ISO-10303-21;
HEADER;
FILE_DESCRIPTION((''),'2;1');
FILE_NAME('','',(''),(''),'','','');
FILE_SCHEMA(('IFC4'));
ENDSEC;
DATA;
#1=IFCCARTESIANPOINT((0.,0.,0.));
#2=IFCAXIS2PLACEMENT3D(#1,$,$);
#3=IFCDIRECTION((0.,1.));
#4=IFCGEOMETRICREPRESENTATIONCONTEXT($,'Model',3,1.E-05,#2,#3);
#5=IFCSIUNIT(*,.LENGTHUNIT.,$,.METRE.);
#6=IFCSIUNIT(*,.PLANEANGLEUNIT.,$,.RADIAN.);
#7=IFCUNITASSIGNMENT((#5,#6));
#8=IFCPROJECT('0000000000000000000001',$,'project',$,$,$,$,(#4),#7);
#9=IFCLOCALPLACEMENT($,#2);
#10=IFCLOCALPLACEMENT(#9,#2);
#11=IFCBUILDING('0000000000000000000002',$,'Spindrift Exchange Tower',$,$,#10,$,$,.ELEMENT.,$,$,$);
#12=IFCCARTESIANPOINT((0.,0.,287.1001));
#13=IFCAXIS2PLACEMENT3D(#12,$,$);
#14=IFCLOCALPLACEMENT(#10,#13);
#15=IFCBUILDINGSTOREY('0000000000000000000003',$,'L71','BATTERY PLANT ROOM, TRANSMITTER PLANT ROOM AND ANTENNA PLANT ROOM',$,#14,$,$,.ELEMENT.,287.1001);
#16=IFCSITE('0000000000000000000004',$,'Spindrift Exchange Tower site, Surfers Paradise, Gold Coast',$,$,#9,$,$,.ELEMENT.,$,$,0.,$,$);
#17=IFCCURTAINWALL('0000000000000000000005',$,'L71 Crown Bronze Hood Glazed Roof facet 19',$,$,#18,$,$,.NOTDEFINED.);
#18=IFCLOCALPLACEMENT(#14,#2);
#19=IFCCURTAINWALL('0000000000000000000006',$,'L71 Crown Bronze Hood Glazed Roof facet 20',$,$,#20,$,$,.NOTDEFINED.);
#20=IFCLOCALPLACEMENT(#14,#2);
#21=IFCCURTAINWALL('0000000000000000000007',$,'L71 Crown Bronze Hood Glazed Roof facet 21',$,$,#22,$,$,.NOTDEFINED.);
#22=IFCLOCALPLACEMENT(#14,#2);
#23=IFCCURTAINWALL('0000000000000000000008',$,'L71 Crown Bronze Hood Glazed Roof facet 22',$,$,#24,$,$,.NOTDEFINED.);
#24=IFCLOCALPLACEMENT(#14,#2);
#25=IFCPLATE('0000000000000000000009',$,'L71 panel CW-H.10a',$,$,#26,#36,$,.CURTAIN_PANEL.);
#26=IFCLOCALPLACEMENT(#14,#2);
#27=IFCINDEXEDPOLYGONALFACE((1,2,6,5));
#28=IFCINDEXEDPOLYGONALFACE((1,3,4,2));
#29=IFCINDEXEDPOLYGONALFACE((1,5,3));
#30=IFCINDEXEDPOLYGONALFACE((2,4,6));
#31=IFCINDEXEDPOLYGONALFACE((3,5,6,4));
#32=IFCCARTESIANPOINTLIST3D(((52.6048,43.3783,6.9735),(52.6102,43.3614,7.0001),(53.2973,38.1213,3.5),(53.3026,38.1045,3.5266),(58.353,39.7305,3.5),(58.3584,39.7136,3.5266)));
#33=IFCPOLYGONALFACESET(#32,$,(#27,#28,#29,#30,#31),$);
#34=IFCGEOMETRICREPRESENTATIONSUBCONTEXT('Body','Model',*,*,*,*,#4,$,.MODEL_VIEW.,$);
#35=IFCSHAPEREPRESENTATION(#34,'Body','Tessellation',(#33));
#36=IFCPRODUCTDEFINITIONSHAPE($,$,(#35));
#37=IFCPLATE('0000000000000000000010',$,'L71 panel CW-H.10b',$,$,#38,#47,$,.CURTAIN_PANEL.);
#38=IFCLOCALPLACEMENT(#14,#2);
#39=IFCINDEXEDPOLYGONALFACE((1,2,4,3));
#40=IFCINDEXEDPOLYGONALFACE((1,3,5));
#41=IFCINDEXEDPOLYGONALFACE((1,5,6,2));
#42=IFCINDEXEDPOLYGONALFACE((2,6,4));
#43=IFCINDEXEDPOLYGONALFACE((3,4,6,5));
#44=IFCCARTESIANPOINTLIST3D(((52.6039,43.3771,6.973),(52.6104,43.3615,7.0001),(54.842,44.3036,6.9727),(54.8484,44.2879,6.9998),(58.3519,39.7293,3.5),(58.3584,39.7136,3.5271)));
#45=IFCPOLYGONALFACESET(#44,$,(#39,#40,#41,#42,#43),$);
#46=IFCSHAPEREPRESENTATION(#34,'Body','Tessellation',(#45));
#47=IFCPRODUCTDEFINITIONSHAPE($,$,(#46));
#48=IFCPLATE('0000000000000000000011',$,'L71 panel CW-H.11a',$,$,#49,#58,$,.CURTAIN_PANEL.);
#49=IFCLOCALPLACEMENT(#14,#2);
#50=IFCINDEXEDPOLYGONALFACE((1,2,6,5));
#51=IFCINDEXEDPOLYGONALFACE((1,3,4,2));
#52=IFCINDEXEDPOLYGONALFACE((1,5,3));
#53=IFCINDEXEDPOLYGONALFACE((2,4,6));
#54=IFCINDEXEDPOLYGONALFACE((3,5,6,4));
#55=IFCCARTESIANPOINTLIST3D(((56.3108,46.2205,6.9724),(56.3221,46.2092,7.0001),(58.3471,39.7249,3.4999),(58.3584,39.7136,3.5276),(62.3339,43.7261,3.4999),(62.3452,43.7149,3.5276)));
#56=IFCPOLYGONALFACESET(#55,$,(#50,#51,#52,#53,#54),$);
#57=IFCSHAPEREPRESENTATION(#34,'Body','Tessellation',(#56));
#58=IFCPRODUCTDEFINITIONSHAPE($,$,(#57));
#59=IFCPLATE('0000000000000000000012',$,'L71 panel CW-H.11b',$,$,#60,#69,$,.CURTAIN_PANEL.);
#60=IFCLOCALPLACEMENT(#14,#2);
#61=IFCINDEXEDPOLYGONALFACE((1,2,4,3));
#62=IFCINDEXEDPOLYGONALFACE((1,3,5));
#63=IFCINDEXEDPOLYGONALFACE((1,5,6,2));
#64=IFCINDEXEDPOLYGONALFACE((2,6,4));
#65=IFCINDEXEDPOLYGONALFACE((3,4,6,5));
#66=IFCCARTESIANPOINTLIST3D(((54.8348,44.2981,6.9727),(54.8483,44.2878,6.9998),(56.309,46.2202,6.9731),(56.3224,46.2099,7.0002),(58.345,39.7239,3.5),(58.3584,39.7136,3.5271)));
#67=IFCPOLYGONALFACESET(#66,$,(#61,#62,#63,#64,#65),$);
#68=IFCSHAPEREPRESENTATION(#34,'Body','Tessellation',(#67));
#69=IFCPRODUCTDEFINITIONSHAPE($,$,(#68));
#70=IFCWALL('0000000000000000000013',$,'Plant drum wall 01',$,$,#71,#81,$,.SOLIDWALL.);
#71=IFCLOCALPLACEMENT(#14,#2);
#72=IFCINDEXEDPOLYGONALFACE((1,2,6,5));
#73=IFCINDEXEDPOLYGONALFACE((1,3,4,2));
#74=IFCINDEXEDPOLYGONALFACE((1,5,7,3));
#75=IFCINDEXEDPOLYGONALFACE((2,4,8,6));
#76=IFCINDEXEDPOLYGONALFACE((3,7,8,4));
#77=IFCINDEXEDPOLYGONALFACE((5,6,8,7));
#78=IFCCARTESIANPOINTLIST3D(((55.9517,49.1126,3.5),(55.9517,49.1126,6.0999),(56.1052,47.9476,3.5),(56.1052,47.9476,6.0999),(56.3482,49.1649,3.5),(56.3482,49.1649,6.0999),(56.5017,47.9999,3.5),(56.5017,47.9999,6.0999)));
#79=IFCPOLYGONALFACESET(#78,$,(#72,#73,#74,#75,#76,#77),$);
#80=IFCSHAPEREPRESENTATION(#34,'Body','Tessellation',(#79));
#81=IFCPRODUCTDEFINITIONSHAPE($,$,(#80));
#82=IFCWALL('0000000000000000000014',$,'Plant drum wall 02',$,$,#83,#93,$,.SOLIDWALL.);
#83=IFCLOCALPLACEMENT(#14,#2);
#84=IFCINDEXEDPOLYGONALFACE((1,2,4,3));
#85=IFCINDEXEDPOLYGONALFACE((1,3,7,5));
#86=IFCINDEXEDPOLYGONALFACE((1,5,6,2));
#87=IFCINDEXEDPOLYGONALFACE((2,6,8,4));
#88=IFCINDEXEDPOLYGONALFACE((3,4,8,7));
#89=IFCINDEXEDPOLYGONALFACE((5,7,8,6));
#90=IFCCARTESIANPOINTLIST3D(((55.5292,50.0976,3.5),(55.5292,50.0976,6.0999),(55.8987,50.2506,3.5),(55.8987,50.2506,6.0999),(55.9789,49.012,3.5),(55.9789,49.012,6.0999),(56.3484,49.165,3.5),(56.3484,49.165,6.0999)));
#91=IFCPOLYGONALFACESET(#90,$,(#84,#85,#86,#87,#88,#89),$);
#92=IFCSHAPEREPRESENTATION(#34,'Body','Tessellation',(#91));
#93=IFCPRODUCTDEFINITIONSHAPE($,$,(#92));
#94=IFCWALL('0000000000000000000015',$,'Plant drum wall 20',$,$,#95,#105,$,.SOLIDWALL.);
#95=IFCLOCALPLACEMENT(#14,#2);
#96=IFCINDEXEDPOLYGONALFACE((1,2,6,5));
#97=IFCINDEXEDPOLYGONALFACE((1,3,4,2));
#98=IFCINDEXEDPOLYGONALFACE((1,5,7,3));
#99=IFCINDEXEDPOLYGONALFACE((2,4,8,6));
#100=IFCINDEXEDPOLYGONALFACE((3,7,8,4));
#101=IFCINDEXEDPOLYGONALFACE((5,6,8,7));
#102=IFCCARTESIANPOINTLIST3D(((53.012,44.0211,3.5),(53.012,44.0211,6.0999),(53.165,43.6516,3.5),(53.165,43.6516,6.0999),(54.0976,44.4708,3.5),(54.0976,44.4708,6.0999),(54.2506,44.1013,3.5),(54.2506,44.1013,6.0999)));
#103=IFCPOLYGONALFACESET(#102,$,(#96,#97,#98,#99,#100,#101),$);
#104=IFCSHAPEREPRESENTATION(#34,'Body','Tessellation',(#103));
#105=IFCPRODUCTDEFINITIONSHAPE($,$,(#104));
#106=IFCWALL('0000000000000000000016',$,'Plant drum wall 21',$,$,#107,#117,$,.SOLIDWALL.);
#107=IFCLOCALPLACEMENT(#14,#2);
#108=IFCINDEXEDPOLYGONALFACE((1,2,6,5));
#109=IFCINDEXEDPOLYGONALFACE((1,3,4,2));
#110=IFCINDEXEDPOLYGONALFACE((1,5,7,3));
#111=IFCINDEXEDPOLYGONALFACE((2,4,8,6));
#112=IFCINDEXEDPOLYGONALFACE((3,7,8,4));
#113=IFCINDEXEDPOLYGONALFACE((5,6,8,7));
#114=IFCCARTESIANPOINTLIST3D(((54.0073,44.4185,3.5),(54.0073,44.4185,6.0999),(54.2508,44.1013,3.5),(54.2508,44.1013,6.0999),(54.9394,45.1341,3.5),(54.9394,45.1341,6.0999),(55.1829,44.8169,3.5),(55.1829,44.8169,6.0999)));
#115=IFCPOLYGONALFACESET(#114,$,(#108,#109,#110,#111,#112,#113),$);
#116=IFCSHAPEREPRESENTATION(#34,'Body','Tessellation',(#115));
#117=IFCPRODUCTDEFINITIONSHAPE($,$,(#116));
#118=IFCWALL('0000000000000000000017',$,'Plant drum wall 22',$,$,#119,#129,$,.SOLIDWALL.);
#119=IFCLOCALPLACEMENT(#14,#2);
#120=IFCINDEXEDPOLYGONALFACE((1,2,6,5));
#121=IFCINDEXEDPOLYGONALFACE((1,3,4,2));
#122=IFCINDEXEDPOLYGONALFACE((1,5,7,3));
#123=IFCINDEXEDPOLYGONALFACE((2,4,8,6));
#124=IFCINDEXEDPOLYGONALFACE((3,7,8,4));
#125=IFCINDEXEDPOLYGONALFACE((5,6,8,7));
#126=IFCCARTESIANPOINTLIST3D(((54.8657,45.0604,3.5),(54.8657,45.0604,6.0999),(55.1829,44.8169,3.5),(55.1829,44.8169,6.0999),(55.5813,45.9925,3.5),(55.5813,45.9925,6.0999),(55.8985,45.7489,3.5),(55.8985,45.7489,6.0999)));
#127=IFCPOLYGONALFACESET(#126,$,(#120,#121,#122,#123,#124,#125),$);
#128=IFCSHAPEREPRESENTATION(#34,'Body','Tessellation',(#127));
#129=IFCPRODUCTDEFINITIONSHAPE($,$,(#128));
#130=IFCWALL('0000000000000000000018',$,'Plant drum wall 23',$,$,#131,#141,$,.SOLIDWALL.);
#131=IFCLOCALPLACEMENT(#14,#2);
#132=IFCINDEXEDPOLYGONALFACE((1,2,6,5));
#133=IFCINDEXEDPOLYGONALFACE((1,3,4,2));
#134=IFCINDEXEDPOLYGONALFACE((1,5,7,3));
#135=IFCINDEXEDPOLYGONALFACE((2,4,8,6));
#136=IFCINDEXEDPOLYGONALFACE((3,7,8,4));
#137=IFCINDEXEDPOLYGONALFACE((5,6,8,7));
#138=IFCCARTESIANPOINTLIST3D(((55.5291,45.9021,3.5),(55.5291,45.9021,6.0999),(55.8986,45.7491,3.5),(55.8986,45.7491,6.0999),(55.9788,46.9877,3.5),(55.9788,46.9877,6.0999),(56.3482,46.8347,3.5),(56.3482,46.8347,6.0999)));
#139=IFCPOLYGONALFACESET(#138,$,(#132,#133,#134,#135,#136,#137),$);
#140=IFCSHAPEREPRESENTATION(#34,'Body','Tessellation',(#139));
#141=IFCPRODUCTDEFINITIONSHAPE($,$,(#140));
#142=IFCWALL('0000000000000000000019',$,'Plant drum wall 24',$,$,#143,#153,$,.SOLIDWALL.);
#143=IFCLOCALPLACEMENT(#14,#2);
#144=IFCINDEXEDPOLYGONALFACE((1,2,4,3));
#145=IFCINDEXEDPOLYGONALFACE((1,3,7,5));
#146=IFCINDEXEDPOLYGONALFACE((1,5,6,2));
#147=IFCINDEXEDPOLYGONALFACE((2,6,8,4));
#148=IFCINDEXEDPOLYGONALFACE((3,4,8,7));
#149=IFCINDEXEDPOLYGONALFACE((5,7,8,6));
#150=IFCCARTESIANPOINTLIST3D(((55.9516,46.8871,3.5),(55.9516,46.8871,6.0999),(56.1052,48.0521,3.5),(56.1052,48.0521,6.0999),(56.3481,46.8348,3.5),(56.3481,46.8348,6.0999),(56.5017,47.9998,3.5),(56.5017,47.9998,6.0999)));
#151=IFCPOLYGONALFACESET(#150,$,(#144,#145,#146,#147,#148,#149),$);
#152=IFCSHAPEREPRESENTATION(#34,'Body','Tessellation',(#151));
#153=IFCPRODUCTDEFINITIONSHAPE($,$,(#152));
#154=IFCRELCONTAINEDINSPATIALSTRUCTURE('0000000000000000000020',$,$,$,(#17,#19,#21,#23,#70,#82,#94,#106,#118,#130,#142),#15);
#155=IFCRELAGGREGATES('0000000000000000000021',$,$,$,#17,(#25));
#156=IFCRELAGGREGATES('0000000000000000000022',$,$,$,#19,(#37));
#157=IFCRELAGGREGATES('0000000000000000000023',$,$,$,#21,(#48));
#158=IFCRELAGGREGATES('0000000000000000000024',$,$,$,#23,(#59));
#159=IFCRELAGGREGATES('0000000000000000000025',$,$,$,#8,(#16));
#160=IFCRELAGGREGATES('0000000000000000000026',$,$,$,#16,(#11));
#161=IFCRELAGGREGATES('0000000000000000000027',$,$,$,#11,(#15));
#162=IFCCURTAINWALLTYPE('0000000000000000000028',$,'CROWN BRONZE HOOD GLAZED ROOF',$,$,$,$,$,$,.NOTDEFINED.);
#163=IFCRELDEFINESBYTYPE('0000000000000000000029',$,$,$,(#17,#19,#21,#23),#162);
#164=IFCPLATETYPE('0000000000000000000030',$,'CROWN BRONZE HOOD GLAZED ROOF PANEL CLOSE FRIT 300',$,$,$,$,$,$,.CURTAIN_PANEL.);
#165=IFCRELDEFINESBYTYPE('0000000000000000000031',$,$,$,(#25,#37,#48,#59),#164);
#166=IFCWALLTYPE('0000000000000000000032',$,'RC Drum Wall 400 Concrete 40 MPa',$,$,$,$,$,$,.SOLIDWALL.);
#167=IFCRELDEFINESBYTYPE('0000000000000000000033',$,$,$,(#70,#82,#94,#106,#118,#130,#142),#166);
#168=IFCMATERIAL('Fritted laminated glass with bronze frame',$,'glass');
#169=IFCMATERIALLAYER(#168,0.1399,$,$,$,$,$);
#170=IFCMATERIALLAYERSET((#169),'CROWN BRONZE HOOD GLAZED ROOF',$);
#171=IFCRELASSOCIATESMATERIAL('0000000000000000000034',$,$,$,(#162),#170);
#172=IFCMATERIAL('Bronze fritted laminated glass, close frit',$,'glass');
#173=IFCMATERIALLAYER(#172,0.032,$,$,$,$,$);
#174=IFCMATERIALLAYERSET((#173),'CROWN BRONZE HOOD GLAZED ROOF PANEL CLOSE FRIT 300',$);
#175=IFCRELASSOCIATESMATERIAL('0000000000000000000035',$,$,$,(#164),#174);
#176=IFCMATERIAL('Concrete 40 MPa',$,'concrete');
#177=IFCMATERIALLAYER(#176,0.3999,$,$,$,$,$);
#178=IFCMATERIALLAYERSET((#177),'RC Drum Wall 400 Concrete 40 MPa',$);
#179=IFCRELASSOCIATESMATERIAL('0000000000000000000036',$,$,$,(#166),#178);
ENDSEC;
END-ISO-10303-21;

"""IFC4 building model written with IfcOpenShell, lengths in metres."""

from ifc_helpers import new_model, si_unit, direction, frame, frame_2d, origin, place, context, subcontext, project, spatial, line, indexed_curve, rectangle, outline, extrude, material, layer, layer_set, type_object, element, aggregate, save


model = new_model("IFC4")

# Units and contexts
model_context = context("Model", 3, precision=1e-05, world=origin(), true_north=direction((0.0, 1.0)))
body_context = subcontext(model_context, "Body", "Model", "MODEL_VIEW")
ifc_project = project(units=[si_unit("LENGTHUNIT", "METRE"), si_unit("PLANEANGLEUNIT", "RADIAN")], contexts=[model_context])

# Site, building, storey
site_placement = place(None, origin())
site = spatial("IfcSite", under=ifc_project, at=site_placement, Name="Spindrift Exchange Tower site, Surfers Paradise, Gold Coast", CompositionType="ELEMENT", RefElevation=0.0)
building_placement = place(site_placement, origin())
building = spatial("IfcBuilding", under=site, at=building_placement, Name="Spindrift Exchange Tower", CompositionType="ELEMENT")
storey_placement = place(building_placement, frame((0.0, 0.0, 287.1001)))
storey = spatial("IfcBuildingStorey", under=building, at=storey_placement, Name="L71", Description="BATTERY PLANT ROOM, TRANSMITTER PLANT ROOM AND ANTENNA PLANT ROOM", CompositionType="ELEMENT", Elevation=287.1001)

# Shared definitions
ifc_material_1 = material(Name="Fritted laminated glass with bronze frame", Category="glass")
ifc_layer_1 = layer(ifc_material_1, 0.1399)
ifc_layer_set_1 = layer_set([ifc_layer_1], Name="CROWN BRONZE HOOD GLAZED ROOF")
curtain_wall_type = type_object("IfcCurtainWallType", Name="CROWN BRONZE HOOD GLAZED ROOF", PredefinedType="NOTDEFINED", material=ifc_layer_set_1)

# Curtain wall
curtain_wall_1_placement = place(storey_placement, origin())
curtain_wall_1 = element("IfcCurtainWall", 1, at=curtain_wall_1_placement, inside=storey, type_object=curtain_wall_type, Name="L71 Crown Bronze Hood Glazed Roof facet 19", PredefinedType="NOTDEFINED")

# Curtain walls
curtain_wall_2_placement = place(storey_placement, origin())
curtain_wall_2 = element("IfcCurtainWall", 2, at=curtain_wall_2_placement, inside=storey, type_object=curtain_wall_type, Name="L71 Crown Bronze Hood Glazed Roof facet 20", PredefinedType="NOTDEFINED")
curtain_wall_3_placement = place(storey_placement, origin())
curtain_wall_3 = element("IfcCurtainWall", 3, at=curtain_wall_3_placement, inside=storey, type_object=curtain_wall_type, Name="L71 Crown Bronze Hood Glazed Roof facet 21", PredefinedType="NOTDEFINED")
curtain_wall_4_placement = place(storey_placement, origin())
curtain_wall_4 = element("IfcCurtainWall", 4, at=curtain_wall_4_placement, inside=storey, type_object=curtain_wall_type, Name="L71 Crown Bronze Hood Glazed Roof facet 22", PredefinedType="NOTDEFINED")

# Plates
ifc_material_2 = material(Name="Bronze fritted laminated glass, close frit", Category="glass")
ifc_layer_2 = layer(ifc_material_2, 0.032)
ifc_layer_set_2 = layer_set([ifc_layer_2], Name="CROWN BRONZE HOOD GLAZED ROOF PANEL CLOSE FRIT 300")
plate_type = type_object("IfcPlateType", Name="CROWN BRONZE HOOD GLAZED ROOF PANEL CLOSE FRIT 300", PredefinedType="CURTAIN_PANEL", material=ifc_layer_set_2)
plate_1_placement = place(storey_placement, frame((58.3584, 39.7136, 3.5266), z_axis=(0.168033, -0.527937, 0.832495), x_axis=(-0.952898, -0.303291, 0.0)))
plate_1 = element("IfcPlate", 5, at=plate_1_placement, type_object=plate_type, Name="L71 panel CW-H.10a", PredefinedType="CURTAIN_PANEL", context=body_context, shape_type="SweptSolid", body=[
    extrude(outline(indexed_curve([(0.0, 0.0), (5.3057, 0.0), (4.3711, -6.2695)], segments=[line(1, 2, 3, 1)], self_intersect=False)), origin(), (0.0, 0.0, -1.0), 0.032),
])
aggregate(curtain_wall_1, [plate_1])
plate_2_placement = place(storey_placement, frame((58.3584, 39.7136, 3.5271), z_axis=(0.202472, -0.488844, 0.84855), x_axis=(-0.752108, 0.477308, 0.454434)))
plate_2 = element("IfcPlate", 6, at=plate_2_placement, type_object=plate_type, Name="L71 panel CW-H.10b", PredefinedType="CURTAIN_PANEL", context=body_context, shape_type="SweptSolid", body=[
    extrude(outline(indexed_curve([(0.0, 0.0), (7.6426, 0.0), (6.4014, -2.0801)], segments=[line(1, 2, 3, 1)], self_intersect=False)), origin(), (0.0, 0.0, -1.0), 0.032),
])
aggregate(curtain_wall_2, [plate_2])
plate_3_placement = place(storey_placement, frame((58.3584, 39.7136, 3.5276), z_axis=(0.353628, -0.352355, 0.866484), x_axis=(0.705831, 0.708381, 0.0)))
plate_3 = element("IfcPlate", 7, at=plate_3_placement, type_object=plate_type, Name="L71 panel CW-H.11a", PredefinedType="CURTAIN_PANEL", context=body_context, shape_type="SweptSolid", body=[
    extrude(outline(indexed_curve([(0.0, 0.0), (5.6484, 0.0), (3.1641, 6.9561)], segments=[line(1, 2, 3, 1)], self_intersect=False)), origin(), (0.0, 0.0, -1.0), 0.032),
])
aggregate(curtain_wall_3, [plate_3])
plate_4_placement = place(storey_placement, frame((58.3584, 39.7136, 3.5271), z_axis=(0.419766, -0.322105, 0.848554), x_axis=(-0.266404, 0.850007, 0.454442)))
plate_4 = element("IfcPlate", 8, at=plate_4_placement, type_object=plate_type, Name="L71 panel CW-H.11b", PredefinedType="CURTAIN_PANEL", context=body_context, shape_type="SweptSolid", body=[
    extrude(outline(indexed_curve([(0.0, 0.0), (7.6426, 0.0), (6.4014, 2.0801)], segments=[line(1, 2, 3, 1)], self_intersect=False)), origin(), (0.0, 0.0, -1.0), 0.032),
])
aggregate(curtain_wall_4, [plate_4])

# Walls
ifc_material_3 = material(Name="Concrete 40 MPa", Category="concrete")
ifc_layer_3 = layer(ifc_material_3, 0.3999)
ifc_layer_set_3 = layer_set([ifc_layer_3], Name="RC Drum Wall 400 Concrete 40 MPa")
wall_type = type_object("IfcWallType", Name="RC Drum Wall 400 Concrete 40 MPa", PredefinedType="SOLIDWALL", material=ifc_layer_set_3)
for number, where, z_axis, x_axis, name in (
    (9, (56.3035, 47.9739, 3.5), (0.0, 0.0, 1.0), (-0.13068, 0.991425, 0.0), "Plant drum wall 01"),
    (10, (56.1636, 49.0886, 3.5), (0.0, 0.0, 1.0), (-0.382682, 0.92388, 0.0), "Plant drum wall 02"),
    (11, (53.0886, 43.8364, 3.5), (0.0, 0.0, 1.0), (0.92388, 0.382682, 0.0), "Plant drum wall 20"),
    (12, (54.1292, 44.26, 3.5), (0.0, 0.0, 1.0), (0.793218, 0.608937, 0.0), "Plant drum wall 21"),
    (13, (55.0244, 44.9387, 3.5), (0.0, 0.0, 1.0), (0.608937, 0.793218, 0.0), "Plant drum wall 22"),
    (14, (55.7139, 45.8257, 3.5), (0.0, 0.0, 1.0), (0.382682, 0.92388, 0.0), "Plant drum wall 23"),
    (15, (56.1499, 46.8611, 3.5), (0.0, 0.0, 1.0), (0.13068, 0.991425, 0.0), "Plant drum wall 24"),
):
    element("IfcWall", number, at=place(storey_placement, frame(where, z_axis=z_axis, x_axis=x_axis)), inside=storey, type_object=wall_type, Name=name, PredefinedType="SOLIDWALL", context=body_context, shape_type="SweptSolid", body=[
        extrude(rectangle(XDim=1.175, YDim=0.3999, at=frame_2d((0.5874, 0.0))), origin(), (0.0, 0.0, 1.0), 2.5999),
    ])

save(model, "model.ifc")
